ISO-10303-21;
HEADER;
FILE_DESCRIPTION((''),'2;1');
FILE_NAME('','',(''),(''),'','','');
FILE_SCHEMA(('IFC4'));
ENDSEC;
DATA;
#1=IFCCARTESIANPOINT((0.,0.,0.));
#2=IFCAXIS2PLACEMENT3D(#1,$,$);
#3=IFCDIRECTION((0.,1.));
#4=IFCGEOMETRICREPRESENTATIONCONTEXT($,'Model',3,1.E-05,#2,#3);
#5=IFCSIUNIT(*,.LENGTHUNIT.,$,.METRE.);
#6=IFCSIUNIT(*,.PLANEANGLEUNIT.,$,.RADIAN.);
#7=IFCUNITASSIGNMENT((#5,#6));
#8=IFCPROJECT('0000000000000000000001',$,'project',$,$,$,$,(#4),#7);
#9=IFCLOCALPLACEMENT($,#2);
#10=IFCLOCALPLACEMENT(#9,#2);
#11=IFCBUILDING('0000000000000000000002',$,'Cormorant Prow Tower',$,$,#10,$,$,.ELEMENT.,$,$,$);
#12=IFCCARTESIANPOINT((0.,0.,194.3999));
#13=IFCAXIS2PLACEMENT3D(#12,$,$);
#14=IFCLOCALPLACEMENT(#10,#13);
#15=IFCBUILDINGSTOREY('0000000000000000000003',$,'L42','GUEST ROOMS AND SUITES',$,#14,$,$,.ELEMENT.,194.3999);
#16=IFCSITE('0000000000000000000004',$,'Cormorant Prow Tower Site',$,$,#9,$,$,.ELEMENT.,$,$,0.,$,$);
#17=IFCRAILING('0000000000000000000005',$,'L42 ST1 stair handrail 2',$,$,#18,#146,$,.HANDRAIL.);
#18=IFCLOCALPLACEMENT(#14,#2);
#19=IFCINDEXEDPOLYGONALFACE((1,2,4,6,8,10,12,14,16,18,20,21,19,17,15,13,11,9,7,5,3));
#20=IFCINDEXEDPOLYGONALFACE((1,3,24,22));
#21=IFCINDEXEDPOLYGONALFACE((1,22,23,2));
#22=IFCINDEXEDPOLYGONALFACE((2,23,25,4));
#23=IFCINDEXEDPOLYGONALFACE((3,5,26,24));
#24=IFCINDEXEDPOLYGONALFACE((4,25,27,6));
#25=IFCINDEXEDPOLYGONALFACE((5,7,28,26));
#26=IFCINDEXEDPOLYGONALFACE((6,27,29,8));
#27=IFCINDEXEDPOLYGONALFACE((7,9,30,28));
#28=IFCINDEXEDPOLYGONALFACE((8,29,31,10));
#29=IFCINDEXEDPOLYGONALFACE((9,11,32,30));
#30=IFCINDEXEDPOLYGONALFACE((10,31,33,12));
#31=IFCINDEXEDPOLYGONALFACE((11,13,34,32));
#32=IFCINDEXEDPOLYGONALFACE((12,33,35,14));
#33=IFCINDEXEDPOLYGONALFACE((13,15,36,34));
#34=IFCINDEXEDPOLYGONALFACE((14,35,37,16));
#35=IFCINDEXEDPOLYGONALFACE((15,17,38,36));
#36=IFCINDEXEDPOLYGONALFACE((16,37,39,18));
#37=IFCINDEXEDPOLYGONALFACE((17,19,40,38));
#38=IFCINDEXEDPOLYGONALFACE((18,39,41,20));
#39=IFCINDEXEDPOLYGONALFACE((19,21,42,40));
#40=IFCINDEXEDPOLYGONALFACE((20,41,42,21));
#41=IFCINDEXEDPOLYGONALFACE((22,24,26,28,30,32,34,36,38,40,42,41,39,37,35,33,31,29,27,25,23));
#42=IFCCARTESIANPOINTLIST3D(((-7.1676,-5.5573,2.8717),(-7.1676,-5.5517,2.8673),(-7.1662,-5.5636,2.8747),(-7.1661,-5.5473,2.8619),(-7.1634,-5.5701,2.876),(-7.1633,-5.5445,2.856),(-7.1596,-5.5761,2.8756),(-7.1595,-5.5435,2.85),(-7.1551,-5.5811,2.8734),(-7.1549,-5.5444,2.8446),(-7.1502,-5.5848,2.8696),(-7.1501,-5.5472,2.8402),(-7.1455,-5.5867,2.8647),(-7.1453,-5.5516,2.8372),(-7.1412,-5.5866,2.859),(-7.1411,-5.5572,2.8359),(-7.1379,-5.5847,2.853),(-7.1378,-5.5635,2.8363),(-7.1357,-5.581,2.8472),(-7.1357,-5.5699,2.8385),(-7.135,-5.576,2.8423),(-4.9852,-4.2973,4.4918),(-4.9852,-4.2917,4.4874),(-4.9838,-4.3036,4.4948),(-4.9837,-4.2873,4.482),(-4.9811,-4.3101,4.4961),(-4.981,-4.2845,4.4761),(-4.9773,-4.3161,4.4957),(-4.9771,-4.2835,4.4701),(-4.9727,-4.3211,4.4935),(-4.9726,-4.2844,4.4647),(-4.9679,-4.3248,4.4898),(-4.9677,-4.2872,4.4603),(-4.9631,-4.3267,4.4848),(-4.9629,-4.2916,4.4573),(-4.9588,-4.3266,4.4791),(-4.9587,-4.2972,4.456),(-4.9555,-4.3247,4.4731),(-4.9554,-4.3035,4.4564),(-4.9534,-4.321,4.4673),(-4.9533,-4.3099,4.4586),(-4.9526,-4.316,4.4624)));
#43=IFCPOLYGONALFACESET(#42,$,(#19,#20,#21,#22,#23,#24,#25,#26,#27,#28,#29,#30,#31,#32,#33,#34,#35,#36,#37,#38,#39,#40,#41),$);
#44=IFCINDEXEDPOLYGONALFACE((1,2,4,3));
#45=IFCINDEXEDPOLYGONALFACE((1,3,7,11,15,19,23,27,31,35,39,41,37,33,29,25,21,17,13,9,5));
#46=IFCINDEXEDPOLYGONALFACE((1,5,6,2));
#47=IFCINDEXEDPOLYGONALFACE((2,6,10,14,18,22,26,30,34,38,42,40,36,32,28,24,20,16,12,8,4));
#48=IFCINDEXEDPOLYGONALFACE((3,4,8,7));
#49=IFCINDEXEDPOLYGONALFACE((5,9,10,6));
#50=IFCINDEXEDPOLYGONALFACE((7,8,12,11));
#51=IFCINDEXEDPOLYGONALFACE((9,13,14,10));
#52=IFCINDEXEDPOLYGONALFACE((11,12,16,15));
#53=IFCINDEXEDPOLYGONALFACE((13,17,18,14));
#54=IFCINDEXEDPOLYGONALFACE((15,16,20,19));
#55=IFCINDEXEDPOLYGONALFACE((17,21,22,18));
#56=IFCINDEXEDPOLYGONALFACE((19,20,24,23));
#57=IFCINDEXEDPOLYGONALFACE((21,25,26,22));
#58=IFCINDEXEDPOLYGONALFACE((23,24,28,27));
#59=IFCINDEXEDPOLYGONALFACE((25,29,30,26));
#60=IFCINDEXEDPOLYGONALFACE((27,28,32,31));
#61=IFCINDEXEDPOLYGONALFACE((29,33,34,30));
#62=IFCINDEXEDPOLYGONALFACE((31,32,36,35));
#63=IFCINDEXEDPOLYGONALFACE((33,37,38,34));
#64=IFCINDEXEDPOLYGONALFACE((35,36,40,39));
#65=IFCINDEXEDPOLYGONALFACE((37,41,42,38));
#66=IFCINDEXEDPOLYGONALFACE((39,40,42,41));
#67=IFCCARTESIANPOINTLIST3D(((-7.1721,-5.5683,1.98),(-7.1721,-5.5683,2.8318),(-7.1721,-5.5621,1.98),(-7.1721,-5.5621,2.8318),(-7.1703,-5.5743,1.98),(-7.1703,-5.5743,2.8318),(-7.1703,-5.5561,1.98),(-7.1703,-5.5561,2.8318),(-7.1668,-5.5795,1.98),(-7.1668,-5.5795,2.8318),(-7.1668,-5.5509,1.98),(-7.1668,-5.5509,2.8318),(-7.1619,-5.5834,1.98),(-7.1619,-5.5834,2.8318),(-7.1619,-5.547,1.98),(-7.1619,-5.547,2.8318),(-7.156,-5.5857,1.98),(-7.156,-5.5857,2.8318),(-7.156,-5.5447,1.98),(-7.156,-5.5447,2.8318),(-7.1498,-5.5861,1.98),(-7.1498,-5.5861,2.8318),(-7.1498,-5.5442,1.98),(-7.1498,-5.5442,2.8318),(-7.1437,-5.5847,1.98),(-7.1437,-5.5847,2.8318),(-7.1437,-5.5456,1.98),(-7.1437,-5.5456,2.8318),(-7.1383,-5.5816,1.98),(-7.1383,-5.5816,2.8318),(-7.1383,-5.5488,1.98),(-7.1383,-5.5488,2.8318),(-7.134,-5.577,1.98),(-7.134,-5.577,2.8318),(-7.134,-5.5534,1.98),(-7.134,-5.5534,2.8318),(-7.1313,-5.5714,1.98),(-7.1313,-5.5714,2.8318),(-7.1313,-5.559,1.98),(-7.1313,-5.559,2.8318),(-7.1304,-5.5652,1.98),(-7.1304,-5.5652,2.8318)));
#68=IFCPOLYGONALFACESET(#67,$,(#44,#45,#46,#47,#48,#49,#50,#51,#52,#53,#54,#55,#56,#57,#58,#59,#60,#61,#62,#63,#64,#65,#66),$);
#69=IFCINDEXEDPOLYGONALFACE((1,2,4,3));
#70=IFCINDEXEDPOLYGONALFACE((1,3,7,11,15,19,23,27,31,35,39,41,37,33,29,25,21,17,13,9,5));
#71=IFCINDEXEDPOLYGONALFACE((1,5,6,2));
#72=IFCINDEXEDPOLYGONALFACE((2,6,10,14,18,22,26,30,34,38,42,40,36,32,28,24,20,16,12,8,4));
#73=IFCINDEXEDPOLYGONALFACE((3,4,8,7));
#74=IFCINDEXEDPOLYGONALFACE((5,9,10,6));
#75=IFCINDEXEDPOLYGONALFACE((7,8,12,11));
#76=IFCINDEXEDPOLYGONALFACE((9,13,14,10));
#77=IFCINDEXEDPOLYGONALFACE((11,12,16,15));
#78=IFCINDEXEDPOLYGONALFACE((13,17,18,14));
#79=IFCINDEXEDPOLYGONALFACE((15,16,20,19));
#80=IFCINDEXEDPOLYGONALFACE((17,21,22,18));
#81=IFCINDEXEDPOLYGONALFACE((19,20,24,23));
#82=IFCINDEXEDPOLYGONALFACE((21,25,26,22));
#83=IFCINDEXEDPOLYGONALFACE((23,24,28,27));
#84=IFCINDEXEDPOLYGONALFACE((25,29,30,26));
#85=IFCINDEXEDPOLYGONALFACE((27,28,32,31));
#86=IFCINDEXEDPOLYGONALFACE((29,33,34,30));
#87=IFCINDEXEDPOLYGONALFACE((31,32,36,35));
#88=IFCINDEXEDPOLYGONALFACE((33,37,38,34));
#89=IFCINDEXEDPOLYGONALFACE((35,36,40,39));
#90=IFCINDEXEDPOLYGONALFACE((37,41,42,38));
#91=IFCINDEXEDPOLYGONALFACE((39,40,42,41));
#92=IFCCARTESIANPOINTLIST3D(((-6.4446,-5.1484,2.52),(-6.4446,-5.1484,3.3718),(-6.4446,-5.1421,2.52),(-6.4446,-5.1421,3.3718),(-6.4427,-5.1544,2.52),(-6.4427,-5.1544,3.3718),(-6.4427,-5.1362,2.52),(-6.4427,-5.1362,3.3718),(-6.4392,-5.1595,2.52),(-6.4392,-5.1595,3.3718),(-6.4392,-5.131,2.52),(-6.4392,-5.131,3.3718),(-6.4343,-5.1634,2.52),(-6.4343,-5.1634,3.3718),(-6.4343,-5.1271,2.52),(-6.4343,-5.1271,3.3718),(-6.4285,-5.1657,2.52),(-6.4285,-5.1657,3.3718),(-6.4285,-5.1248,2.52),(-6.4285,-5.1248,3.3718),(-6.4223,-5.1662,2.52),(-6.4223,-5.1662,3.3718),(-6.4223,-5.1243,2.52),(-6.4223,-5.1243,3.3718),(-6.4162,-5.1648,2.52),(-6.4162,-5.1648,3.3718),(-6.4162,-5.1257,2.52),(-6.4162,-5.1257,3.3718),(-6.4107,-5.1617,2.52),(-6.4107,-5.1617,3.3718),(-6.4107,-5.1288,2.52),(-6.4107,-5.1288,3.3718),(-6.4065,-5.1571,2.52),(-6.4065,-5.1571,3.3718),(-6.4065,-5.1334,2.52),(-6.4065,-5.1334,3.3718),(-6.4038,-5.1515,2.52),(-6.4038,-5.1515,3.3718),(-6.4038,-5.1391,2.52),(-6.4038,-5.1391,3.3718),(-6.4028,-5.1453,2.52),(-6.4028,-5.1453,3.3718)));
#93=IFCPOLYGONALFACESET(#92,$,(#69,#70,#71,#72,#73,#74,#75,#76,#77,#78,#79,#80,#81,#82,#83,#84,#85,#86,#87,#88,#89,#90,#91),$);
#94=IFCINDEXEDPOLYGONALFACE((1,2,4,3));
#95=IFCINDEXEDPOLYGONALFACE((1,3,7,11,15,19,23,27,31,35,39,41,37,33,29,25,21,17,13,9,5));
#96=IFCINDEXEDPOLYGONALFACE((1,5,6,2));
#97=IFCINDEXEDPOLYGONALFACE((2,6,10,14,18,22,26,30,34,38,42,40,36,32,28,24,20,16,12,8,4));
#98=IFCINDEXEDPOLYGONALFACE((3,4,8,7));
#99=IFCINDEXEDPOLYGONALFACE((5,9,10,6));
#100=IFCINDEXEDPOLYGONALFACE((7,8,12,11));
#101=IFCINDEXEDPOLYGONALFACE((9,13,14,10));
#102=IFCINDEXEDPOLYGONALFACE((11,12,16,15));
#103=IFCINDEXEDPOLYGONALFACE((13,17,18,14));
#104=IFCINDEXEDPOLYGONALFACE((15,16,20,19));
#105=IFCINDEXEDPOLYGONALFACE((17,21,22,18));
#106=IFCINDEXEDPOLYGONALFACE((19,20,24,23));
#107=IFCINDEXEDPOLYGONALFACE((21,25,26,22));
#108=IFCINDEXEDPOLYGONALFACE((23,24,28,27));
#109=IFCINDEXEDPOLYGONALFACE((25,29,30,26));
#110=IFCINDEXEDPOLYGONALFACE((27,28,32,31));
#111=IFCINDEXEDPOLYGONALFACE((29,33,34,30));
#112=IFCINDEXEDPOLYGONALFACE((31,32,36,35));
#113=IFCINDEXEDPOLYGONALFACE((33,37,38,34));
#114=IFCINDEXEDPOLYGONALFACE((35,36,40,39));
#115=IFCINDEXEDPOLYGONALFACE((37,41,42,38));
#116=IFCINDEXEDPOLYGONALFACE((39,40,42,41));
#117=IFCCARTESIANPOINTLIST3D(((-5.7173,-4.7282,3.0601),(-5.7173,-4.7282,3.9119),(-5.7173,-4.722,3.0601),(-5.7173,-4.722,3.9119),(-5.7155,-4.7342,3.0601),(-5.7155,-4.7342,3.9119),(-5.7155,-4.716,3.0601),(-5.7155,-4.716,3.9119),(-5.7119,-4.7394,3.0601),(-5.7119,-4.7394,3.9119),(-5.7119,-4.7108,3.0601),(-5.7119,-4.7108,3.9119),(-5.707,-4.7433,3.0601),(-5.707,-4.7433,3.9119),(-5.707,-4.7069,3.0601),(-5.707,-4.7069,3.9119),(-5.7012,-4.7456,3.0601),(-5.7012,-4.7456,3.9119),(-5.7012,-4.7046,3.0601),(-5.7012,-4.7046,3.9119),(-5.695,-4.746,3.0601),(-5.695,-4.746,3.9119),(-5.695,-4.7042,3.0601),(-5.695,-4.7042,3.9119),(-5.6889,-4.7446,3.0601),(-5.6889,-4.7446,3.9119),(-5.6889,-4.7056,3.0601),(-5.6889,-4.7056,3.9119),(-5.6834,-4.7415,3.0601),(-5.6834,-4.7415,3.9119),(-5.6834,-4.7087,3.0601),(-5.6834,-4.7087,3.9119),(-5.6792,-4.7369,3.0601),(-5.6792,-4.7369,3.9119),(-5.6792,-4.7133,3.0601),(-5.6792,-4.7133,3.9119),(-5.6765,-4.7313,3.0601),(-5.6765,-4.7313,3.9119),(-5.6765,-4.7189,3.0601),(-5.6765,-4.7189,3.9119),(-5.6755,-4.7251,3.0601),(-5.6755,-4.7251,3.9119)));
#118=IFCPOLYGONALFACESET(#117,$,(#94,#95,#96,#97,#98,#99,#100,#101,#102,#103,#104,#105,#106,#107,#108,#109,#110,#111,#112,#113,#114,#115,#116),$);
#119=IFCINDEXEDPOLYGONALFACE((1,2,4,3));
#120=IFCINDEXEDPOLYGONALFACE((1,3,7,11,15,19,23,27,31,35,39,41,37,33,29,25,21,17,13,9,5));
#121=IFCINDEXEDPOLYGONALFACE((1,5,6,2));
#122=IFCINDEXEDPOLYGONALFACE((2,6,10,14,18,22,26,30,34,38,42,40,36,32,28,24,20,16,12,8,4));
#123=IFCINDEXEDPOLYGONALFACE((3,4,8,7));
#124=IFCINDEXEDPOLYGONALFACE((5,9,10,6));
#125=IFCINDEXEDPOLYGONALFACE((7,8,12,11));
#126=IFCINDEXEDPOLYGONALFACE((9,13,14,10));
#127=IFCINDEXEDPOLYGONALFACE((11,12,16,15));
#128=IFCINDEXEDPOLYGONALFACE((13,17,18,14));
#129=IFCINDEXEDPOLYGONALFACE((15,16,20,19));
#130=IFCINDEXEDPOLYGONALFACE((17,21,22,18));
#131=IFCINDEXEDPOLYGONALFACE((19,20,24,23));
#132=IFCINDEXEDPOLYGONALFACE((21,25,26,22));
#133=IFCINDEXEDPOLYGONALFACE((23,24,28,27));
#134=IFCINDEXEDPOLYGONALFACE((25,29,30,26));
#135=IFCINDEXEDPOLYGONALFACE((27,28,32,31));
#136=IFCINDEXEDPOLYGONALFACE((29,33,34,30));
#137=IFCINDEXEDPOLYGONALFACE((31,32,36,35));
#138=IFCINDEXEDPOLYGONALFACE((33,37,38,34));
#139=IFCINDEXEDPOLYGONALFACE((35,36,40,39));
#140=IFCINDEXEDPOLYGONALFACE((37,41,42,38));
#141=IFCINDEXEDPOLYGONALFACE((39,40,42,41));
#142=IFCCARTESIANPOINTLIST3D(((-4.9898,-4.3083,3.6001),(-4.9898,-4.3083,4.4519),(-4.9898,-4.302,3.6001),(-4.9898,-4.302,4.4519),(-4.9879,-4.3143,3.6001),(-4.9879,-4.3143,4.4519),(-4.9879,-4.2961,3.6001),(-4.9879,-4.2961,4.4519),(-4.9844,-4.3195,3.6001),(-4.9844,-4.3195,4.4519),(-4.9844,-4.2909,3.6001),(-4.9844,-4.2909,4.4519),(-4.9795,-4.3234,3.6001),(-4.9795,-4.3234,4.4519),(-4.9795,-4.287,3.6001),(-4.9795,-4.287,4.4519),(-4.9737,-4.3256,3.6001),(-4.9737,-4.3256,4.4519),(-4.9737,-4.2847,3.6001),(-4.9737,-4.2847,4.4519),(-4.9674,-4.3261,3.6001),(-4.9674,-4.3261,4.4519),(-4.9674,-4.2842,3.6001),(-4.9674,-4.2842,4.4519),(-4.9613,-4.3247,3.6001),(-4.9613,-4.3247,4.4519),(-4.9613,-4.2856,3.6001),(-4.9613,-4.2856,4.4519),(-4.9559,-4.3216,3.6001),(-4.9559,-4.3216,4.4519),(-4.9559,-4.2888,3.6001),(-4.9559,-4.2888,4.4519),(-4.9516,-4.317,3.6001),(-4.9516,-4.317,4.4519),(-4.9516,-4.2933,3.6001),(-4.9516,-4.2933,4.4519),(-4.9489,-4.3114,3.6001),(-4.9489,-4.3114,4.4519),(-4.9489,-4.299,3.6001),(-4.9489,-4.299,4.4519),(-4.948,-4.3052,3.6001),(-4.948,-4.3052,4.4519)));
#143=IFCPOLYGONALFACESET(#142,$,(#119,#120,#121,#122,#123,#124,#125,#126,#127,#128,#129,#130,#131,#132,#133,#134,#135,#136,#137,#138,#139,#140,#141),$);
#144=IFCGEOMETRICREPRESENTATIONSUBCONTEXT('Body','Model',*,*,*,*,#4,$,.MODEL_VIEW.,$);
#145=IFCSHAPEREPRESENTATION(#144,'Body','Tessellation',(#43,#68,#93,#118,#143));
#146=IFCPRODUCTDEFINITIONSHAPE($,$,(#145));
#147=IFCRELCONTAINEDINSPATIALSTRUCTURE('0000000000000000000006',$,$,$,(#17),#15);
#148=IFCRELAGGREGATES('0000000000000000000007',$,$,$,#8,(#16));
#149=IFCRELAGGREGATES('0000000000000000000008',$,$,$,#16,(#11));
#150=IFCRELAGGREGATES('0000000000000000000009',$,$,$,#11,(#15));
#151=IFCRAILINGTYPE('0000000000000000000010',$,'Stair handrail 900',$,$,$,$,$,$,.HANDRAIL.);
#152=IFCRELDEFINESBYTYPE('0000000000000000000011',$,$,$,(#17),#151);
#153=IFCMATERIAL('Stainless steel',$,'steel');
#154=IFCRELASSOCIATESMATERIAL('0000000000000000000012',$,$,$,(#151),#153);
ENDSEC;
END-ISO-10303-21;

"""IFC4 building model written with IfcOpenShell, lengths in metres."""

from ifc_helpers import new_model, si_unit, direction, frame, origin, origin_2d, place, context, subcontext, project, spatial, circle, extrude, material, type_object, element, save


model = new_model("IFC4")

# Units and contexts
model_context = context("Model", 3, precision=1e-05, world=origin(), true_north=direction((0.0, 1.0)))
body_context = subcontext(model_context, "Body", "Model", "MODEL_VIEW")
ifc_project = project(units=[si_unit("LENGTHUNIT", "METRE"), si_unit("PLANEANGLEUNIT", "RADIAN")], contexts=[model_context])

# Site, building, storey
site_placement = place(None, origin())
site = spatial("IfcSite", under=ifc_project, at=site_placement, Name="Cormorant Prow Tower Site", CompositionType="ELEMENT", RefElevation=0.0)
building_placement = place(site_placement, origin())
building = spatial("IfcBuilding", under=site, at=building_placement, Name="Cormorant Prow Tower", CompositionType="ELEMENT")
storey_placement = place(building_placement, frame((0.0, 0.0, 194.3999)))
storey = spatial("IfcBuildingStorey", under=building, at=storey_placement, Name="L42", Description="GUEST ROOMS AND SUITES", CompositionType="ELEMENT", Elevation=194.3999)

# Railing
ifc_material_1 = material(Name="Stainless steel", Category="steel")
railing_type_1 = type_object("IfcRailingType", Name="Stair handrail 900", PredefinedType="HANDRAIL", material=ifc_material_1)
railing_1_placement = place(storey_placement, frame((-7.1514, -5.5652, 1.98)))
element("IfcRailing", 1, at=railing_1_placement, inside=storey, type_object=railing_type_1, Name="L42 ST1 stair handrail 2", PredefinedType="HANDRAIL", context=body_context, shape_type="SweptSolid", body=[
    extrude(circle(Radius=0.0239, at=origin_2d()), frame((0.0, 0.0, 0.876), z_axis=(0.728464, 0.420584, 0.540786), x_axis=(-0.500005, 0.866023, 0.0)), (0.0, 0.0, 1.0), 2.9958),
    extrude(circle(Radius=0.021, at=origin_2d()), origin(), (0.0, 0.0, 1.0), 0.8518),
    extrude(circle(Radius=0.021, at=origin_2d()), frame((0.7275, 0.4199, 0.54)), (0.0, 0.0, 1.0), 0.8518),
    extrude(circle(Radius=0.021, at=origin_2d()), frame((1.4548, 0.8401, 1.0801)), (0.0, 0.0, 1.0), 0.8518),
    extrude(circle(Radius=0.021, at=origin_2d()), frame((2.1824, 1.26, 1.6201)), (0.0, 0.0, 1.0), 0.8518),
])

save(model, "model.ifc")
